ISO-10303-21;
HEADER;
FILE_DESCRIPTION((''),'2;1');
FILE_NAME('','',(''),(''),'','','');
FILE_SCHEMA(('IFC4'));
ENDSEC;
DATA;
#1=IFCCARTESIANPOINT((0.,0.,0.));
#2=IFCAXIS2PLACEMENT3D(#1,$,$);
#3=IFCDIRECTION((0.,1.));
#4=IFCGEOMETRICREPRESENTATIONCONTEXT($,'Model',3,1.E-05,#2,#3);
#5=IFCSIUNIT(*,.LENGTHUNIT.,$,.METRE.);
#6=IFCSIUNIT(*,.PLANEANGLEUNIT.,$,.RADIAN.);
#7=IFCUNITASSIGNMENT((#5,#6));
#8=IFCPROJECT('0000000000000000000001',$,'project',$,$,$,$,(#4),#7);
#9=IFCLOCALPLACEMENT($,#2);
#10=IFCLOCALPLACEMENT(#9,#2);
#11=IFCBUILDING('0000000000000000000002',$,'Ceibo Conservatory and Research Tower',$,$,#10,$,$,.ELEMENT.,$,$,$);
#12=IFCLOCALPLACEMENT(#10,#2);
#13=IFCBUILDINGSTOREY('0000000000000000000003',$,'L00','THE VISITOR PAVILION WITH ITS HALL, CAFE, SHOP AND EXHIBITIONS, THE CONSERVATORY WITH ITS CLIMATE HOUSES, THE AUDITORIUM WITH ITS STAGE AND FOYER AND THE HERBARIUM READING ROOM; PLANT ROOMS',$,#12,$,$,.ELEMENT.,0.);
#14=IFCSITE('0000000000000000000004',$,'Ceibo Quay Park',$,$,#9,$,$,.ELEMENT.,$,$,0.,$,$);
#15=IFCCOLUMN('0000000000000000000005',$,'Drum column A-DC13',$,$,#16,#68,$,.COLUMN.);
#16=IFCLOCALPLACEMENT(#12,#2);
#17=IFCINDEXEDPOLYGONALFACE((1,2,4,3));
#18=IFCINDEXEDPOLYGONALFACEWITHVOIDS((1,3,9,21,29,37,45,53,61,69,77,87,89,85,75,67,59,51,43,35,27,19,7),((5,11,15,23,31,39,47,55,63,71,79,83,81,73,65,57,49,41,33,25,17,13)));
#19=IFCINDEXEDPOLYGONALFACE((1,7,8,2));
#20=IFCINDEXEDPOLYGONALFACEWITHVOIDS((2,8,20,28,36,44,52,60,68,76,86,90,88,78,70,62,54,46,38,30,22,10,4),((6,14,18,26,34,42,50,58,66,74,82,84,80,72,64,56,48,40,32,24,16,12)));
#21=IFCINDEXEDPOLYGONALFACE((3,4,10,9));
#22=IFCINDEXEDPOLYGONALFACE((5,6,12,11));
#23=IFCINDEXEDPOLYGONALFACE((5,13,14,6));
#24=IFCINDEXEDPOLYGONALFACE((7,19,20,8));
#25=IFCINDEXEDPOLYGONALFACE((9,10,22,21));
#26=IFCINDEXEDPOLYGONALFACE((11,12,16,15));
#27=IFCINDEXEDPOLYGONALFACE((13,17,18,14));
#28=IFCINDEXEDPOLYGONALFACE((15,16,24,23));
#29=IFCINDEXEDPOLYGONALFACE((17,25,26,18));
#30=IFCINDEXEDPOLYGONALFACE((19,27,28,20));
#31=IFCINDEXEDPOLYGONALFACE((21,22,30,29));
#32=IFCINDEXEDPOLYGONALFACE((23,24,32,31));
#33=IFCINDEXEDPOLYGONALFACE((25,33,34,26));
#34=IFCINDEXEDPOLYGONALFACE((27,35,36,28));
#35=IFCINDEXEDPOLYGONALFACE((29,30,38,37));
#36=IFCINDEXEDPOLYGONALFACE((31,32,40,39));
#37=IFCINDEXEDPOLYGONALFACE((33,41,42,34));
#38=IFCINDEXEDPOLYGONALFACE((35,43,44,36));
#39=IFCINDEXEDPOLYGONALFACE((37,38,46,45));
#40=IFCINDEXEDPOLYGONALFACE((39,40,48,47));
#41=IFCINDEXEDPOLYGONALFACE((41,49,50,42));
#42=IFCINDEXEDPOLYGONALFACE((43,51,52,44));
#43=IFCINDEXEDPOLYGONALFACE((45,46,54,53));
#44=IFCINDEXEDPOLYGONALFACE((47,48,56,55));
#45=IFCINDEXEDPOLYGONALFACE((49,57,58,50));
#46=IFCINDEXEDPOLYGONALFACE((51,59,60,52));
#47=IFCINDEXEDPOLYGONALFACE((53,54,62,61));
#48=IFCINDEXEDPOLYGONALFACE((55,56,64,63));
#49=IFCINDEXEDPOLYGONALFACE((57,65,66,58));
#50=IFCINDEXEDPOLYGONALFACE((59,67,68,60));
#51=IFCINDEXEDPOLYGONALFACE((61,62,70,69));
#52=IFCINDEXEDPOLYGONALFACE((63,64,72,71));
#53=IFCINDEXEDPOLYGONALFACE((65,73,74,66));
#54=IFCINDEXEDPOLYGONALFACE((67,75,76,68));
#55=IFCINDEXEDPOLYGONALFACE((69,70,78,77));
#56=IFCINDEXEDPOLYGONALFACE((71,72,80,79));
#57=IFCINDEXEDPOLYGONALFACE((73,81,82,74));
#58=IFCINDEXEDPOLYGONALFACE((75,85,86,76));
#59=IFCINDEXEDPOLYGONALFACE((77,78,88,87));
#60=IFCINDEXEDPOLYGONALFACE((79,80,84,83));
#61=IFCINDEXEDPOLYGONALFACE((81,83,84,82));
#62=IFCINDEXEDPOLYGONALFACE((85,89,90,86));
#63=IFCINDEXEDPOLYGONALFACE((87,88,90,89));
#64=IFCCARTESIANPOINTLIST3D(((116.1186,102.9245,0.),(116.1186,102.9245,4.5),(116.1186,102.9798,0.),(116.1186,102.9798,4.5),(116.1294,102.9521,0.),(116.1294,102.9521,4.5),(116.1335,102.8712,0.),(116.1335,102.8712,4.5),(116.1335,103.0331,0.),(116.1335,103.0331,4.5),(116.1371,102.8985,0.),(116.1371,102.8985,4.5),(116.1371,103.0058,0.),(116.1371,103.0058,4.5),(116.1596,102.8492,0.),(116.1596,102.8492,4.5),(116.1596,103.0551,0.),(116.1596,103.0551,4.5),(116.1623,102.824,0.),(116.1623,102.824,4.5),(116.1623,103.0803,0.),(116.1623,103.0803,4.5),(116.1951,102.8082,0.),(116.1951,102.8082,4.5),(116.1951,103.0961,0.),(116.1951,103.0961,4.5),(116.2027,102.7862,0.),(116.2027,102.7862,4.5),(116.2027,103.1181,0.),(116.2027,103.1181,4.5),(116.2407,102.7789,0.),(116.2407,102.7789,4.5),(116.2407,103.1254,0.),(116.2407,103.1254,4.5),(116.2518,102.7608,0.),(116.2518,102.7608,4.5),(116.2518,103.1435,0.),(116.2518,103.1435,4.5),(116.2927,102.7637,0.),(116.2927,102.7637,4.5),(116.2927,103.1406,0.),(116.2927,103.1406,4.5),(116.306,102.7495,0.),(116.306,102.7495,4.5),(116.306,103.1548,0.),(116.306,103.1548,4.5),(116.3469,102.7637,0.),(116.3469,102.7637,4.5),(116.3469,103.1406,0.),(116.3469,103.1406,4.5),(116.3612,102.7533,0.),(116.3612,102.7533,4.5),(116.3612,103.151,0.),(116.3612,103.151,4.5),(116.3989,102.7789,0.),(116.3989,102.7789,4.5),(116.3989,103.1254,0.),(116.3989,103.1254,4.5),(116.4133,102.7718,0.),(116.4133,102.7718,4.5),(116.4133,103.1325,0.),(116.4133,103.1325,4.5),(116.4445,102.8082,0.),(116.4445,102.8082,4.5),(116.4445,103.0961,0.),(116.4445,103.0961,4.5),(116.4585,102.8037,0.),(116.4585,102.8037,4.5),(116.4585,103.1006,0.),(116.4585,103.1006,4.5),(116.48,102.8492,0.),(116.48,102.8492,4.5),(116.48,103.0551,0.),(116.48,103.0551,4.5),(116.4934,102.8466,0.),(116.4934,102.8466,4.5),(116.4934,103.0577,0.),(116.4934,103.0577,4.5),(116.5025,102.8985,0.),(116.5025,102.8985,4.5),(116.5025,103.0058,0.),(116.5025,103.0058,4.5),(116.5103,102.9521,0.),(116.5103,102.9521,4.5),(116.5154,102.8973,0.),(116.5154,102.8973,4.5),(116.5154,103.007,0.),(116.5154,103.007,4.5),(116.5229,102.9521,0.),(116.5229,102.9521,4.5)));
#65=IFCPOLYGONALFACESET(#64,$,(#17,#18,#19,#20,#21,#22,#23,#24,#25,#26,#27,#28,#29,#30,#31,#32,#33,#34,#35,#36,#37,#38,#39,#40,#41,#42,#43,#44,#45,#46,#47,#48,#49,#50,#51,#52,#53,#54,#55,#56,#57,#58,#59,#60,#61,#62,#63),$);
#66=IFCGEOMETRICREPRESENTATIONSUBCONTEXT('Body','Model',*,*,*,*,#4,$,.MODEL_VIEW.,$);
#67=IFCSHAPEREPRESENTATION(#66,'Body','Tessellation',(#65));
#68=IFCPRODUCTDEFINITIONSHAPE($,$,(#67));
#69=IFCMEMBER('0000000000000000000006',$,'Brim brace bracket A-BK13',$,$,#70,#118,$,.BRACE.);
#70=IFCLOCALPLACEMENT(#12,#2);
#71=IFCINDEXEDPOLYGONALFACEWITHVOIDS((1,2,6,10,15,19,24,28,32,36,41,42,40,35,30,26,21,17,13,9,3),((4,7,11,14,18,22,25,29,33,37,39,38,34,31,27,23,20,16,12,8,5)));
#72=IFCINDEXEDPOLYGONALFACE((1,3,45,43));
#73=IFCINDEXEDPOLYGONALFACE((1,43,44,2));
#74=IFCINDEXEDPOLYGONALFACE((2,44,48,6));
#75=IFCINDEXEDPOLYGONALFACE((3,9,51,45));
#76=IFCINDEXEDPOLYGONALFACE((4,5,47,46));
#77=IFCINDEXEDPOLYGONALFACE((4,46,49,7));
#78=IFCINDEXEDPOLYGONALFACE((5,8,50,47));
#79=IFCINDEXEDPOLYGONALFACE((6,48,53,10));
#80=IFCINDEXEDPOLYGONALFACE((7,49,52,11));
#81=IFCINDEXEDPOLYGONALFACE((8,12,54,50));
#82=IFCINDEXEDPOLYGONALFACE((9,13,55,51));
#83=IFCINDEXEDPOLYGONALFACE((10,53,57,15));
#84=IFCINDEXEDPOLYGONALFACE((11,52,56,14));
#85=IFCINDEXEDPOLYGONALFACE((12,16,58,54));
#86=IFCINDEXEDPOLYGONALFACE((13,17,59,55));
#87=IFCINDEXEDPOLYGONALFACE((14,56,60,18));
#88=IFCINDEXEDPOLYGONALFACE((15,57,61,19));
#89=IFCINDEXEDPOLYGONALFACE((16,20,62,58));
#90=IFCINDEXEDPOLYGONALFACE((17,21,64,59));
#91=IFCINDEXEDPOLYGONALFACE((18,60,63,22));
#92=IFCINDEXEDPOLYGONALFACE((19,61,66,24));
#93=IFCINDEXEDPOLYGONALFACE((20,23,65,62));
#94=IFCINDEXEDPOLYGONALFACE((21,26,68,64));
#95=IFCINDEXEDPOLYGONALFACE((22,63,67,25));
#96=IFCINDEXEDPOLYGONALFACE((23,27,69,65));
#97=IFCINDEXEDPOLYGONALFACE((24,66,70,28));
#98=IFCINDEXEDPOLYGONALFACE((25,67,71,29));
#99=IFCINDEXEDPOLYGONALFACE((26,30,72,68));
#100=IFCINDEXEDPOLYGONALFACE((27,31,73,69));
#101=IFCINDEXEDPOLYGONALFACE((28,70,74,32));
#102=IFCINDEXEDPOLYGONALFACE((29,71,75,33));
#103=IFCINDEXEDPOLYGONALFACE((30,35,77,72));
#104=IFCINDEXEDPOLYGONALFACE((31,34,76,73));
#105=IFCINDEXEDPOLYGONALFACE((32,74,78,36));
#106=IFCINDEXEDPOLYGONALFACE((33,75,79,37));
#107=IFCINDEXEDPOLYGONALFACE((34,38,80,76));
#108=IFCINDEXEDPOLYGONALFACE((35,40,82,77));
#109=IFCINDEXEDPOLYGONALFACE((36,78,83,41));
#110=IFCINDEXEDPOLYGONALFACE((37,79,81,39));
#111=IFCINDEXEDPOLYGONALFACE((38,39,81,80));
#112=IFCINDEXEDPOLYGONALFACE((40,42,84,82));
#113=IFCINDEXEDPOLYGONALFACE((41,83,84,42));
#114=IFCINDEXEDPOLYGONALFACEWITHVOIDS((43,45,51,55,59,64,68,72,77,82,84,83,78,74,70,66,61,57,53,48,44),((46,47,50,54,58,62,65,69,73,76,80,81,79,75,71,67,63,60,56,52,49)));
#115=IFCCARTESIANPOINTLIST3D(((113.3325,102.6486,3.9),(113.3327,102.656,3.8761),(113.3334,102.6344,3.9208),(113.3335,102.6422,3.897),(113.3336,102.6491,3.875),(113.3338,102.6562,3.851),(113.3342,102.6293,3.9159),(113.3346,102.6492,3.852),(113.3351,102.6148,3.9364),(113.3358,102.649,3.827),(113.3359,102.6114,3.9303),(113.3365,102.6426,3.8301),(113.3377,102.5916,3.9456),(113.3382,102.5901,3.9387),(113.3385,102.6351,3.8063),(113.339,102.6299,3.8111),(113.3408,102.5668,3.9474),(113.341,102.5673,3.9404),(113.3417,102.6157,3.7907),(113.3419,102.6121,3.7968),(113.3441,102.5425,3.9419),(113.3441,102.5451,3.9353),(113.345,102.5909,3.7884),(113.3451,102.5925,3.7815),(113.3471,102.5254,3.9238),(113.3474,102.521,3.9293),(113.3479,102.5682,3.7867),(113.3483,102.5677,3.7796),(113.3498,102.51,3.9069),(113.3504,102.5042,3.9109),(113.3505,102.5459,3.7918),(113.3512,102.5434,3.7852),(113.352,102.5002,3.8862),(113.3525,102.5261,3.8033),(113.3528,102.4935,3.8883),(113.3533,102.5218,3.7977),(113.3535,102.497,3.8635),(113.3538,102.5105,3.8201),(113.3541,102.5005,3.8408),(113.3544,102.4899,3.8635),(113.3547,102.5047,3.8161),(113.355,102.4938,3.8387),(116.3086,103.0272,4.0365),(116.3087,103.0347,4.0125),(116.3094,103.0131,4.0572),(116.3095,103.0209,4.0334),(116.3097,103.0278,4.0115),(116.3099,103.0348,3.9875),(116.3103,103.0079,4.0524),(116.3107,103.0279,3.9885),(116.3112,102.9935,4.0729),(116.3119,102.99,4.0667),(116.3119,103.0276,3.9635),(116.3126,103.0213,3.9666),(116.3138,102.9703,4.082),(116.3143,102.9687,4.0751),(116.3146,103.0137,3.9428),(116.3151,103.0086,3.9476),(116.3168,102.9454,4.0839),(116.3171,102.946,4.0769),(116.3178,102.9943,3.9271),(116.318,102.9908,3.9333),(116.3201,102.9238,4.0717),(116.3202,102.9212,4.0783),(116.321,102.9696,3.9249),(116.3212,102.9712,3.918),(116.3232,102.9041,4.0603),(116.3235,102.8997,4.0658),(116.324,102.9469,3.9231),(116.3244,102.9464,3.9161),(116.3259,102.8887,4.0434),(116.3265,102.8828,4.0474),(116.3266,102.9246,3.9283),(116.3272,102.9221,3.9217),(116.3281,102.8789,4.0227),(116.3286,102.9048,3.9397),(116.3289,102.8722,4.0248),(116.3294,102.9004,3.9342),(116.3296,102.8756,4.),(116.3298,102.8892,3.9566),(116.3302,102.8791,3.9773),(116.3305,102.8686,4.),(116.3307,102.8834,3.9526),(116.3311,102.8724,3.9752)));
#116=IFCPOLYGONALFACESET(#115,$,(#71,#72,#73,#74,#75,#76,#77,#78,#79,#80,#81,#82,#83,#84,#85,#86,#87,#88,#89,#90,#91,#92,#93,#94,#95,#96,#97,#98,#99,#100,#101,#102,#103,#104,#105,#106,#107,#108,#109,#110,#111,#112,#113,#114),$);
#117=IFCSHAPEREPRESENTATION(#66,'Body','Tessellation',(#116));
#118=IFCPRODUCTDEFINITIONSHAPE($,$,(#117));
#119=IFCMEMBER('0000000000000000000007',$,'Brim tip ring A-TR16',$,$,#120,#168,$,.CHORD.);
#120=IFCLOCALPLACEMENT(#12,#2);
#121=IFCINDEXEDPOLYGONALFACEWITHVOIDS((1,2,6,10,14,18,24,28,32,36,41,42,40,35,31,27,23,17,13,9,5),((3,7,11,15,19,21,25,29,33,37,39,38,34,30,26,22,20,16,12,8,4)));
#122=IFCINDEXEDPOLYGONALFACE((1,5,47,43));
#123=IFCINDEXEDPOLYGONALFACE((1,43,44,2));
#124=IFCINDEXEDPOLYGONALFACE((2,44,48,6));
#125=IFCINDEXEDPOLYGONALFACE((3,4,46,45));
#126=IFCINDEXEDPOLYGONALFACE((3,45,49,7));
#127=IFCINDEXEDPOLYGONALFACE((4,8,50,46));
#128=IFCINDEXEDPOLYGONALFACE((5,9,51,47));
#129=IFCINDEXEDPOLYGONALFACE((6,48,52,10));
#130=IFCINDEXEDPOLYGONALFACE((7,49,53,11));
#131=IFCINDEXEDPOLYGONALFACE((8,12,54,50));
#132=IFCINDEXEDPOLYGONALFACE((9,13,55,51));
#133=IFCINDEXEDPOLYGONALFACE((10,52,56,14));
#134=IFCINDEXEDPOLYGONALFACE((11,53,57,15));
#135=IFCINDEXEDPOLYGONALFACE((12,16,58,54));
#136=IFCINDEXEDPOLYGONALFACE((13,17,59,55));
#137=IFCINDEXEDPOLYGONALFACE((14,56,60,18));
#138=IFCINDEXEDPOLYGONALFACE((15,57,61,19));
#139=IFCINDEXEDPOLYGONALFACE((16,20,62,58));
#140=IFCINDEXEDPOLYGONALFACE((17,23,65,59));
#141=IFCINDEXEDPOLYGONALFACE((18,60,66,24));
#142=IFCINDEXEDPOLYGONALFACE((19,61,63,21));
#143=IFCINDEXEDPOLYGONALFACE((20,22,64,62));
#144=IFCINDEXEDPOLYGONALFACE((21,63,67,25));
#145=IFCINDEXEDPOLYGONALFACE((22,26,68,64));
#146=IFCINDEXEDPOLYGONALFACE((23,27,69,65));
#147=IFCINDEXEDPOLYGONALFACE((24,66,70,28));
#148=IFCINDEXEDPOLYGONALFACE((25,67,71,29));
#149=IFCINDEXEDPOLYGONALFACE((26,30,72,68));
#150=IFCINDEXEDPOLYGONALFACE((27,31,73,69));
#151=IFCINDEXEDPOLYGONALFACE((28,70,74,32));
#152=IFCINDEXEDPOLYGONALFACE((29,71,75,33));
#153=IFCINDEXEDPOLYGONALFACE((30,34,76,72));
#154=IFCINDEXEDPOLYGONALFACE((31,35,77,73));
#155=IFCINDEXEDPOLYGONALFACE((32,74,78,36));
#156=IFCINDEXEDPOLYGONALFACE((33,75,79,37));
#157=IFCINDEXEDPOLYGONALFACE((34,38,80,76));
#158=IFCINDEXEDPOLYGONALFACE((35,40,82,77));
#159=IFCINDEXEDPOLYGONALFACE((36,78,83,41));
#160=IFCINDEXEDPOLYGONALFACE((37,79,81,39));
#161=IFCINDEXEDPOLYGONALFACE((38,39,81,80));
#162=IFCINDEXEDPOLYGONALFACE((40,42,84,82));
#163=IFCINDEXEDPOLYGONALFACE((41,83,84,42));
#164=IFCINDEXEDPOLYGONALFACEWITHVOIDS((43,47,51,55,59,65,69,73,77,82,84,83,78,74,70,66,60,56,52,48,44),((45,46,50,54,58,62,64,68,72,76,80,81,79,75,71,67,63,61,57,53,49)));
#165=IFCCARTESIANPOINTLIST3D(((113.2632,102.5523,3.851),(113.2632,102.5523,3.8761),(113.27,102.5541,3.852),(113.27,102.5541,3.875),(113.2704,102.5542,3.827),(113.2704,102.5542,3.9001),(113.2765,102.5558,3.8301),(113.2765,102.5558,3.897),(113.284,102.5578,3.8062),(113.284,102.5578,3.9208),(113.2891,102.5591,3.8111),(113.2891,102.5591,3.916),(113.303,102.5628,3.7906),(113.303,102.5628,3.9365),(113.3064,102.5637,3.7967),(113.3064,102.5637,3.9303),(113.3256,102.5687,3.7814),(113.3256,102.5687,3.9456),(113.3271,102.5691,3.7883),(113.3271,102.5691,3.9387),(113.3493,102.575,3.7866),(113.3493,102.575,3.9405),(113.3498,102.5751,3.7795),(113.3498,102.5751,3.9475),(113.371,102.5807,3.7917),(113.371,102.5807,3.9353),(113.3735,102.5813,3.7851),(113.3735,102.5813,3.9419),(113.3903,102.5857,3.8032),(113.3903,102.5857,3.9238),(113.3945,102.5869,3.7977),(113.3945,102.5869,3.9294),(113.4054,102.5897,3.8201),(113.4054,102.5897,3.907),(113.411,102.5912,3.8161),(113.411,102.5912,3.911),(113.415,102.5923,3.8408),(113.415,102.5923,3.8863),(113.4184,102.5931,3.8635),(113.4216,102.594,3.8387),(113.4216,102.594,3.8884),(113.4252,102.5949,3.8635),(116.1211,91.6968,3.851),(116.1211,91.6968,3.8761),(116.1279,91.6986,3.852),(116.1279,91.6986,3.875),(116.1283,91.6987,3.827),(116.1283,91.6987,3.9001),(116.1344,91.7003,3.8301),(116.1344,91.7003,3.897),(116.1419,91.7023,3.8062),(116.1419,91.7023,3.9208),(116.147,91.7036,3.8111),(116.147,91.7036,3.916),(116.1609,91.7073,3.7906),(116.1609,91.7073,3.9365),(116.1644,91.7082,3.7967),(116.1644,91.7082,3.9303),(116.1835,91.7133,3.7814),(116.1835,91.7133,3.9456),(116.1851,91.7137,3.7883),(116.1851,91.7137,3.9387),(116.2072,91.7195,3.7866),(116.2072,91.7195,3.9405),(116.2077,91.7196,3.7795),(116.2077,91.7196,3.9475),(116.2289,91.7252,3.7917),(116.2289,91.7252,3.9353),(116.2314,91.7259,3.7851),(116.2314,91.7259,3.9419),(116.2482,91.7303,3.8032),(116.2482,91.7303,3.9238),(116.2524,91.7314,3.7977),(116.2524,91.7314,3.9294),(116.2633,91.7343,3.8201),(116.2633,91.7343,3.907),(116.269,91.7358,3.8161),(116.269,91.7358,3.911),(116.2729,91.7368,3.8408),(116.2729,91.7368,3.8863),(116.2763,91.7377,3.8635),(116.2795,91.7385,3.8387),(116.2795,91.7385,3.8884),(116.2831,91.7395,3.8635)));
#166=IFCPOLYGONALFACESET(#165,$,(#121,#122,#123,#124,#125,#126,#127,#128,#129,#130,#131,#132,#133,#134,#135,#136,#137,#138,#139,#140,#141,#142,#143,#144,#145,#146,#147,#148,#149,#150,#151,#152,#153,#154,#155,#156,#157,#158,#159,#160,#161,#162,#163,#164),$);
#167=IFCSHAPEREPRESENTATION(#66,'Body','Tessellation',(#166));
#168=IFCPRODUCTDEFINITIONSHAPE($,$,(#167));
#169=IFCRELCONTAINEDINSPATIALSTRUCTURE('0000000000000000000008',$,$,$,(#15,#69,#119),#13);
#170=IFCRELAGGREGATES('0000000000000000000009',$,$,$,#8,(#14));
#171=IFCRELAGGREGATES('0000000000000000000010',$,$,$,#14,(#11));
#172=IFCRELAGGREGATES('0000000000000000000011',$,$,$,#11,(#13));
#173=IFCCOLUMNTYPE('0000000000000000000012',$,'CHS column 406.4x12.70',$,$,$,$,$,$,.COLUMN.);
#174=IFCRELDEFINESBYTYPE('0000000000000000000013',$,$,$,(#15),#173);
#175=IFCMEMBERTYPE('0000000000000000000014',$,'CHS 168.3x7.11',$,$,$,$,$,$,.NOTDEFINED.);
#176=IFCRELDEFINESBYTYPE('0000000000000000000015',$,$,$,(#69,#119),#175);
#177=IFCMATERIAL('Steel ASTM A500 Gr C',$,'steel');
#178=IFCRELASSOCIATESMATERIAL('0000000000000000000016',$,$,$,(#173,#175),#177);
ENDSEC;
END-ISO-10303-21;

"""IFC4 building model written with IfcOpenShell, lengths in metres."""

from ifc_helpers import new_model, si_unit, direction, frame, origin, origin_2d, place, context, subcontext, project, spatial, hollow_circle, extrude, material, material_profile, profile_set, type_object, element, save


model = new_model("IFC4")

# Units and contexts
model_context = context("Model", 3, precision=1e-05, world=origin(), true_north=direction((0.0, 1.0)))
body_context = subcontext(model_context, "Body", "Model", "MODEL_VIEW")
ifc_project = project(units=[si_unit("LENGTHUNIT", "METRE"), si_unit("PLANEANGLEUNIT", "RADIAN")], contexts=[model_context])

# Site, building, storey
site_placement = place(None, origin())
site = spatial("IfcSite", under=ifc_project, at=site_placement, Name="Ceibo Quay Park", CompositionType="ELEMENT", RefElevation=0.0)
building_placement = place(site_placement, origin())
building = spatial("IfcBuilding", under=site, at=building_placement, Name="Ceibo Conservatory and Research Tower", CompositionType="ELEMENT")
storey_placement = place(building_placement, origin())
storey = spatial("IfcBuildingStorey", under=building, at=storey_placement, Name="L00", Description="THE VISITOR PAVILION WITH ITS HALL, CAFE, SHOP AND EXHIBITIONS, THE CONSERVATORY WITH ITS CLIMATE HOUSES, THE AUDITORIUM WITH ITS STAGE AND FOYER AND THE HERBARIUM READING ROOM; PLANT ROOMS", CompositionType="ELEMENT", Elevation=0.0)

# Column
ifc_material_1 = material(Name="Steel ASTM A500 Gr C", Category="steel")
ifc_material_profile_1 = material_profile(ifc_material_1, hollow_circle(Radius=0.2031, WallThickness=0.0127, at=origin_2d()), Name="CHS column 406.4x12.70")
ifc_profile_set_1 = profile_set([ifc_material_profile_1], Name="Steel ASTM A500 Gr C")
column_type = type_object("IfcColumnType", Name="CHS column 406.4x12.70", PredefinedType="COLUMN", material=ifc_profile_set_1)
column_placement = place(storey_placement, frame((116.3198, 102.9521, 0.0), z_axis=(0.0, 0.0, 1.0), x_axis=(1.0, 0.0, 0.0)))
element("IfcColumn", 1, at=column_placement, inside=storey, type_object=column_type, Name="Drum column A-DC13", PredefinedType="COLUMN", context=body_context, shape_type="SweptSolid", body=[
    extrude(hollow_circle(Radius=0.2031, WallThickness=0.0127, at=origin_2d()), origin(), (0.0, 0.0, 1.0), 4.5),
])

# Members
ifc_material_profile_2 = material_profile(ifc_material_1, hollow_circle(Radius=0.0842, WallThickness=0.0071, at=origin_2d()), Name="CHS 168.3x7.11")
ifc_profile_set_2 = profile_set([ifc_material_profile_2], Name="Steel ASTM A500 Gr C")
member_type_1 = type_object("IfcMemberType", Name="CHS 168.3x7.11", PredefinedType="NOTDEFINED", material=ifc_profile_set_2)
member_1_placement = place(storey_placement, frame((116.3198, 102.9521, 4.0), z_axis=(-0.990978, -0.126087, -0.045444), x_axis=(0.126218, -0.992003, 0.0)))
element("IfcMember", 2, at=member_1_placement, inside=storey, type_object=member_type_1, Name="Brim brace bracket A-BK13", PredefinedType="BRACE", context=body_context, shape_type="SweptSolid", body=[
    extrude(hollow_circle(Radius=0.0842, WallThickness=0.0071, at=origin_2d()), origin(), (0.0, 0.0, 1.0), 3.0032),
])
member_2_placement = place(storey_placement, frame((113.3438, 102.5735, 3.8635), z_axis=(0.254594, -0.967048, 0.0), x_axis=(0.967048, 0.254594, 0.0)))
element("IfcMember", 3, at=member_2_placement, inside=storey, type_object=member_type_1, Name="Brim tip ring A-TR16", PredefinedType="CHORD", context=body_context, shape_type="SweptSolid", body=[
    extrude(hollow_circle(Radius=0.0842, WallThickness=0.0071, at=origin_2d()), origin(), (0.0, 0.0, 1.0), 11.2253),
])

save(model, "model.ifc")
